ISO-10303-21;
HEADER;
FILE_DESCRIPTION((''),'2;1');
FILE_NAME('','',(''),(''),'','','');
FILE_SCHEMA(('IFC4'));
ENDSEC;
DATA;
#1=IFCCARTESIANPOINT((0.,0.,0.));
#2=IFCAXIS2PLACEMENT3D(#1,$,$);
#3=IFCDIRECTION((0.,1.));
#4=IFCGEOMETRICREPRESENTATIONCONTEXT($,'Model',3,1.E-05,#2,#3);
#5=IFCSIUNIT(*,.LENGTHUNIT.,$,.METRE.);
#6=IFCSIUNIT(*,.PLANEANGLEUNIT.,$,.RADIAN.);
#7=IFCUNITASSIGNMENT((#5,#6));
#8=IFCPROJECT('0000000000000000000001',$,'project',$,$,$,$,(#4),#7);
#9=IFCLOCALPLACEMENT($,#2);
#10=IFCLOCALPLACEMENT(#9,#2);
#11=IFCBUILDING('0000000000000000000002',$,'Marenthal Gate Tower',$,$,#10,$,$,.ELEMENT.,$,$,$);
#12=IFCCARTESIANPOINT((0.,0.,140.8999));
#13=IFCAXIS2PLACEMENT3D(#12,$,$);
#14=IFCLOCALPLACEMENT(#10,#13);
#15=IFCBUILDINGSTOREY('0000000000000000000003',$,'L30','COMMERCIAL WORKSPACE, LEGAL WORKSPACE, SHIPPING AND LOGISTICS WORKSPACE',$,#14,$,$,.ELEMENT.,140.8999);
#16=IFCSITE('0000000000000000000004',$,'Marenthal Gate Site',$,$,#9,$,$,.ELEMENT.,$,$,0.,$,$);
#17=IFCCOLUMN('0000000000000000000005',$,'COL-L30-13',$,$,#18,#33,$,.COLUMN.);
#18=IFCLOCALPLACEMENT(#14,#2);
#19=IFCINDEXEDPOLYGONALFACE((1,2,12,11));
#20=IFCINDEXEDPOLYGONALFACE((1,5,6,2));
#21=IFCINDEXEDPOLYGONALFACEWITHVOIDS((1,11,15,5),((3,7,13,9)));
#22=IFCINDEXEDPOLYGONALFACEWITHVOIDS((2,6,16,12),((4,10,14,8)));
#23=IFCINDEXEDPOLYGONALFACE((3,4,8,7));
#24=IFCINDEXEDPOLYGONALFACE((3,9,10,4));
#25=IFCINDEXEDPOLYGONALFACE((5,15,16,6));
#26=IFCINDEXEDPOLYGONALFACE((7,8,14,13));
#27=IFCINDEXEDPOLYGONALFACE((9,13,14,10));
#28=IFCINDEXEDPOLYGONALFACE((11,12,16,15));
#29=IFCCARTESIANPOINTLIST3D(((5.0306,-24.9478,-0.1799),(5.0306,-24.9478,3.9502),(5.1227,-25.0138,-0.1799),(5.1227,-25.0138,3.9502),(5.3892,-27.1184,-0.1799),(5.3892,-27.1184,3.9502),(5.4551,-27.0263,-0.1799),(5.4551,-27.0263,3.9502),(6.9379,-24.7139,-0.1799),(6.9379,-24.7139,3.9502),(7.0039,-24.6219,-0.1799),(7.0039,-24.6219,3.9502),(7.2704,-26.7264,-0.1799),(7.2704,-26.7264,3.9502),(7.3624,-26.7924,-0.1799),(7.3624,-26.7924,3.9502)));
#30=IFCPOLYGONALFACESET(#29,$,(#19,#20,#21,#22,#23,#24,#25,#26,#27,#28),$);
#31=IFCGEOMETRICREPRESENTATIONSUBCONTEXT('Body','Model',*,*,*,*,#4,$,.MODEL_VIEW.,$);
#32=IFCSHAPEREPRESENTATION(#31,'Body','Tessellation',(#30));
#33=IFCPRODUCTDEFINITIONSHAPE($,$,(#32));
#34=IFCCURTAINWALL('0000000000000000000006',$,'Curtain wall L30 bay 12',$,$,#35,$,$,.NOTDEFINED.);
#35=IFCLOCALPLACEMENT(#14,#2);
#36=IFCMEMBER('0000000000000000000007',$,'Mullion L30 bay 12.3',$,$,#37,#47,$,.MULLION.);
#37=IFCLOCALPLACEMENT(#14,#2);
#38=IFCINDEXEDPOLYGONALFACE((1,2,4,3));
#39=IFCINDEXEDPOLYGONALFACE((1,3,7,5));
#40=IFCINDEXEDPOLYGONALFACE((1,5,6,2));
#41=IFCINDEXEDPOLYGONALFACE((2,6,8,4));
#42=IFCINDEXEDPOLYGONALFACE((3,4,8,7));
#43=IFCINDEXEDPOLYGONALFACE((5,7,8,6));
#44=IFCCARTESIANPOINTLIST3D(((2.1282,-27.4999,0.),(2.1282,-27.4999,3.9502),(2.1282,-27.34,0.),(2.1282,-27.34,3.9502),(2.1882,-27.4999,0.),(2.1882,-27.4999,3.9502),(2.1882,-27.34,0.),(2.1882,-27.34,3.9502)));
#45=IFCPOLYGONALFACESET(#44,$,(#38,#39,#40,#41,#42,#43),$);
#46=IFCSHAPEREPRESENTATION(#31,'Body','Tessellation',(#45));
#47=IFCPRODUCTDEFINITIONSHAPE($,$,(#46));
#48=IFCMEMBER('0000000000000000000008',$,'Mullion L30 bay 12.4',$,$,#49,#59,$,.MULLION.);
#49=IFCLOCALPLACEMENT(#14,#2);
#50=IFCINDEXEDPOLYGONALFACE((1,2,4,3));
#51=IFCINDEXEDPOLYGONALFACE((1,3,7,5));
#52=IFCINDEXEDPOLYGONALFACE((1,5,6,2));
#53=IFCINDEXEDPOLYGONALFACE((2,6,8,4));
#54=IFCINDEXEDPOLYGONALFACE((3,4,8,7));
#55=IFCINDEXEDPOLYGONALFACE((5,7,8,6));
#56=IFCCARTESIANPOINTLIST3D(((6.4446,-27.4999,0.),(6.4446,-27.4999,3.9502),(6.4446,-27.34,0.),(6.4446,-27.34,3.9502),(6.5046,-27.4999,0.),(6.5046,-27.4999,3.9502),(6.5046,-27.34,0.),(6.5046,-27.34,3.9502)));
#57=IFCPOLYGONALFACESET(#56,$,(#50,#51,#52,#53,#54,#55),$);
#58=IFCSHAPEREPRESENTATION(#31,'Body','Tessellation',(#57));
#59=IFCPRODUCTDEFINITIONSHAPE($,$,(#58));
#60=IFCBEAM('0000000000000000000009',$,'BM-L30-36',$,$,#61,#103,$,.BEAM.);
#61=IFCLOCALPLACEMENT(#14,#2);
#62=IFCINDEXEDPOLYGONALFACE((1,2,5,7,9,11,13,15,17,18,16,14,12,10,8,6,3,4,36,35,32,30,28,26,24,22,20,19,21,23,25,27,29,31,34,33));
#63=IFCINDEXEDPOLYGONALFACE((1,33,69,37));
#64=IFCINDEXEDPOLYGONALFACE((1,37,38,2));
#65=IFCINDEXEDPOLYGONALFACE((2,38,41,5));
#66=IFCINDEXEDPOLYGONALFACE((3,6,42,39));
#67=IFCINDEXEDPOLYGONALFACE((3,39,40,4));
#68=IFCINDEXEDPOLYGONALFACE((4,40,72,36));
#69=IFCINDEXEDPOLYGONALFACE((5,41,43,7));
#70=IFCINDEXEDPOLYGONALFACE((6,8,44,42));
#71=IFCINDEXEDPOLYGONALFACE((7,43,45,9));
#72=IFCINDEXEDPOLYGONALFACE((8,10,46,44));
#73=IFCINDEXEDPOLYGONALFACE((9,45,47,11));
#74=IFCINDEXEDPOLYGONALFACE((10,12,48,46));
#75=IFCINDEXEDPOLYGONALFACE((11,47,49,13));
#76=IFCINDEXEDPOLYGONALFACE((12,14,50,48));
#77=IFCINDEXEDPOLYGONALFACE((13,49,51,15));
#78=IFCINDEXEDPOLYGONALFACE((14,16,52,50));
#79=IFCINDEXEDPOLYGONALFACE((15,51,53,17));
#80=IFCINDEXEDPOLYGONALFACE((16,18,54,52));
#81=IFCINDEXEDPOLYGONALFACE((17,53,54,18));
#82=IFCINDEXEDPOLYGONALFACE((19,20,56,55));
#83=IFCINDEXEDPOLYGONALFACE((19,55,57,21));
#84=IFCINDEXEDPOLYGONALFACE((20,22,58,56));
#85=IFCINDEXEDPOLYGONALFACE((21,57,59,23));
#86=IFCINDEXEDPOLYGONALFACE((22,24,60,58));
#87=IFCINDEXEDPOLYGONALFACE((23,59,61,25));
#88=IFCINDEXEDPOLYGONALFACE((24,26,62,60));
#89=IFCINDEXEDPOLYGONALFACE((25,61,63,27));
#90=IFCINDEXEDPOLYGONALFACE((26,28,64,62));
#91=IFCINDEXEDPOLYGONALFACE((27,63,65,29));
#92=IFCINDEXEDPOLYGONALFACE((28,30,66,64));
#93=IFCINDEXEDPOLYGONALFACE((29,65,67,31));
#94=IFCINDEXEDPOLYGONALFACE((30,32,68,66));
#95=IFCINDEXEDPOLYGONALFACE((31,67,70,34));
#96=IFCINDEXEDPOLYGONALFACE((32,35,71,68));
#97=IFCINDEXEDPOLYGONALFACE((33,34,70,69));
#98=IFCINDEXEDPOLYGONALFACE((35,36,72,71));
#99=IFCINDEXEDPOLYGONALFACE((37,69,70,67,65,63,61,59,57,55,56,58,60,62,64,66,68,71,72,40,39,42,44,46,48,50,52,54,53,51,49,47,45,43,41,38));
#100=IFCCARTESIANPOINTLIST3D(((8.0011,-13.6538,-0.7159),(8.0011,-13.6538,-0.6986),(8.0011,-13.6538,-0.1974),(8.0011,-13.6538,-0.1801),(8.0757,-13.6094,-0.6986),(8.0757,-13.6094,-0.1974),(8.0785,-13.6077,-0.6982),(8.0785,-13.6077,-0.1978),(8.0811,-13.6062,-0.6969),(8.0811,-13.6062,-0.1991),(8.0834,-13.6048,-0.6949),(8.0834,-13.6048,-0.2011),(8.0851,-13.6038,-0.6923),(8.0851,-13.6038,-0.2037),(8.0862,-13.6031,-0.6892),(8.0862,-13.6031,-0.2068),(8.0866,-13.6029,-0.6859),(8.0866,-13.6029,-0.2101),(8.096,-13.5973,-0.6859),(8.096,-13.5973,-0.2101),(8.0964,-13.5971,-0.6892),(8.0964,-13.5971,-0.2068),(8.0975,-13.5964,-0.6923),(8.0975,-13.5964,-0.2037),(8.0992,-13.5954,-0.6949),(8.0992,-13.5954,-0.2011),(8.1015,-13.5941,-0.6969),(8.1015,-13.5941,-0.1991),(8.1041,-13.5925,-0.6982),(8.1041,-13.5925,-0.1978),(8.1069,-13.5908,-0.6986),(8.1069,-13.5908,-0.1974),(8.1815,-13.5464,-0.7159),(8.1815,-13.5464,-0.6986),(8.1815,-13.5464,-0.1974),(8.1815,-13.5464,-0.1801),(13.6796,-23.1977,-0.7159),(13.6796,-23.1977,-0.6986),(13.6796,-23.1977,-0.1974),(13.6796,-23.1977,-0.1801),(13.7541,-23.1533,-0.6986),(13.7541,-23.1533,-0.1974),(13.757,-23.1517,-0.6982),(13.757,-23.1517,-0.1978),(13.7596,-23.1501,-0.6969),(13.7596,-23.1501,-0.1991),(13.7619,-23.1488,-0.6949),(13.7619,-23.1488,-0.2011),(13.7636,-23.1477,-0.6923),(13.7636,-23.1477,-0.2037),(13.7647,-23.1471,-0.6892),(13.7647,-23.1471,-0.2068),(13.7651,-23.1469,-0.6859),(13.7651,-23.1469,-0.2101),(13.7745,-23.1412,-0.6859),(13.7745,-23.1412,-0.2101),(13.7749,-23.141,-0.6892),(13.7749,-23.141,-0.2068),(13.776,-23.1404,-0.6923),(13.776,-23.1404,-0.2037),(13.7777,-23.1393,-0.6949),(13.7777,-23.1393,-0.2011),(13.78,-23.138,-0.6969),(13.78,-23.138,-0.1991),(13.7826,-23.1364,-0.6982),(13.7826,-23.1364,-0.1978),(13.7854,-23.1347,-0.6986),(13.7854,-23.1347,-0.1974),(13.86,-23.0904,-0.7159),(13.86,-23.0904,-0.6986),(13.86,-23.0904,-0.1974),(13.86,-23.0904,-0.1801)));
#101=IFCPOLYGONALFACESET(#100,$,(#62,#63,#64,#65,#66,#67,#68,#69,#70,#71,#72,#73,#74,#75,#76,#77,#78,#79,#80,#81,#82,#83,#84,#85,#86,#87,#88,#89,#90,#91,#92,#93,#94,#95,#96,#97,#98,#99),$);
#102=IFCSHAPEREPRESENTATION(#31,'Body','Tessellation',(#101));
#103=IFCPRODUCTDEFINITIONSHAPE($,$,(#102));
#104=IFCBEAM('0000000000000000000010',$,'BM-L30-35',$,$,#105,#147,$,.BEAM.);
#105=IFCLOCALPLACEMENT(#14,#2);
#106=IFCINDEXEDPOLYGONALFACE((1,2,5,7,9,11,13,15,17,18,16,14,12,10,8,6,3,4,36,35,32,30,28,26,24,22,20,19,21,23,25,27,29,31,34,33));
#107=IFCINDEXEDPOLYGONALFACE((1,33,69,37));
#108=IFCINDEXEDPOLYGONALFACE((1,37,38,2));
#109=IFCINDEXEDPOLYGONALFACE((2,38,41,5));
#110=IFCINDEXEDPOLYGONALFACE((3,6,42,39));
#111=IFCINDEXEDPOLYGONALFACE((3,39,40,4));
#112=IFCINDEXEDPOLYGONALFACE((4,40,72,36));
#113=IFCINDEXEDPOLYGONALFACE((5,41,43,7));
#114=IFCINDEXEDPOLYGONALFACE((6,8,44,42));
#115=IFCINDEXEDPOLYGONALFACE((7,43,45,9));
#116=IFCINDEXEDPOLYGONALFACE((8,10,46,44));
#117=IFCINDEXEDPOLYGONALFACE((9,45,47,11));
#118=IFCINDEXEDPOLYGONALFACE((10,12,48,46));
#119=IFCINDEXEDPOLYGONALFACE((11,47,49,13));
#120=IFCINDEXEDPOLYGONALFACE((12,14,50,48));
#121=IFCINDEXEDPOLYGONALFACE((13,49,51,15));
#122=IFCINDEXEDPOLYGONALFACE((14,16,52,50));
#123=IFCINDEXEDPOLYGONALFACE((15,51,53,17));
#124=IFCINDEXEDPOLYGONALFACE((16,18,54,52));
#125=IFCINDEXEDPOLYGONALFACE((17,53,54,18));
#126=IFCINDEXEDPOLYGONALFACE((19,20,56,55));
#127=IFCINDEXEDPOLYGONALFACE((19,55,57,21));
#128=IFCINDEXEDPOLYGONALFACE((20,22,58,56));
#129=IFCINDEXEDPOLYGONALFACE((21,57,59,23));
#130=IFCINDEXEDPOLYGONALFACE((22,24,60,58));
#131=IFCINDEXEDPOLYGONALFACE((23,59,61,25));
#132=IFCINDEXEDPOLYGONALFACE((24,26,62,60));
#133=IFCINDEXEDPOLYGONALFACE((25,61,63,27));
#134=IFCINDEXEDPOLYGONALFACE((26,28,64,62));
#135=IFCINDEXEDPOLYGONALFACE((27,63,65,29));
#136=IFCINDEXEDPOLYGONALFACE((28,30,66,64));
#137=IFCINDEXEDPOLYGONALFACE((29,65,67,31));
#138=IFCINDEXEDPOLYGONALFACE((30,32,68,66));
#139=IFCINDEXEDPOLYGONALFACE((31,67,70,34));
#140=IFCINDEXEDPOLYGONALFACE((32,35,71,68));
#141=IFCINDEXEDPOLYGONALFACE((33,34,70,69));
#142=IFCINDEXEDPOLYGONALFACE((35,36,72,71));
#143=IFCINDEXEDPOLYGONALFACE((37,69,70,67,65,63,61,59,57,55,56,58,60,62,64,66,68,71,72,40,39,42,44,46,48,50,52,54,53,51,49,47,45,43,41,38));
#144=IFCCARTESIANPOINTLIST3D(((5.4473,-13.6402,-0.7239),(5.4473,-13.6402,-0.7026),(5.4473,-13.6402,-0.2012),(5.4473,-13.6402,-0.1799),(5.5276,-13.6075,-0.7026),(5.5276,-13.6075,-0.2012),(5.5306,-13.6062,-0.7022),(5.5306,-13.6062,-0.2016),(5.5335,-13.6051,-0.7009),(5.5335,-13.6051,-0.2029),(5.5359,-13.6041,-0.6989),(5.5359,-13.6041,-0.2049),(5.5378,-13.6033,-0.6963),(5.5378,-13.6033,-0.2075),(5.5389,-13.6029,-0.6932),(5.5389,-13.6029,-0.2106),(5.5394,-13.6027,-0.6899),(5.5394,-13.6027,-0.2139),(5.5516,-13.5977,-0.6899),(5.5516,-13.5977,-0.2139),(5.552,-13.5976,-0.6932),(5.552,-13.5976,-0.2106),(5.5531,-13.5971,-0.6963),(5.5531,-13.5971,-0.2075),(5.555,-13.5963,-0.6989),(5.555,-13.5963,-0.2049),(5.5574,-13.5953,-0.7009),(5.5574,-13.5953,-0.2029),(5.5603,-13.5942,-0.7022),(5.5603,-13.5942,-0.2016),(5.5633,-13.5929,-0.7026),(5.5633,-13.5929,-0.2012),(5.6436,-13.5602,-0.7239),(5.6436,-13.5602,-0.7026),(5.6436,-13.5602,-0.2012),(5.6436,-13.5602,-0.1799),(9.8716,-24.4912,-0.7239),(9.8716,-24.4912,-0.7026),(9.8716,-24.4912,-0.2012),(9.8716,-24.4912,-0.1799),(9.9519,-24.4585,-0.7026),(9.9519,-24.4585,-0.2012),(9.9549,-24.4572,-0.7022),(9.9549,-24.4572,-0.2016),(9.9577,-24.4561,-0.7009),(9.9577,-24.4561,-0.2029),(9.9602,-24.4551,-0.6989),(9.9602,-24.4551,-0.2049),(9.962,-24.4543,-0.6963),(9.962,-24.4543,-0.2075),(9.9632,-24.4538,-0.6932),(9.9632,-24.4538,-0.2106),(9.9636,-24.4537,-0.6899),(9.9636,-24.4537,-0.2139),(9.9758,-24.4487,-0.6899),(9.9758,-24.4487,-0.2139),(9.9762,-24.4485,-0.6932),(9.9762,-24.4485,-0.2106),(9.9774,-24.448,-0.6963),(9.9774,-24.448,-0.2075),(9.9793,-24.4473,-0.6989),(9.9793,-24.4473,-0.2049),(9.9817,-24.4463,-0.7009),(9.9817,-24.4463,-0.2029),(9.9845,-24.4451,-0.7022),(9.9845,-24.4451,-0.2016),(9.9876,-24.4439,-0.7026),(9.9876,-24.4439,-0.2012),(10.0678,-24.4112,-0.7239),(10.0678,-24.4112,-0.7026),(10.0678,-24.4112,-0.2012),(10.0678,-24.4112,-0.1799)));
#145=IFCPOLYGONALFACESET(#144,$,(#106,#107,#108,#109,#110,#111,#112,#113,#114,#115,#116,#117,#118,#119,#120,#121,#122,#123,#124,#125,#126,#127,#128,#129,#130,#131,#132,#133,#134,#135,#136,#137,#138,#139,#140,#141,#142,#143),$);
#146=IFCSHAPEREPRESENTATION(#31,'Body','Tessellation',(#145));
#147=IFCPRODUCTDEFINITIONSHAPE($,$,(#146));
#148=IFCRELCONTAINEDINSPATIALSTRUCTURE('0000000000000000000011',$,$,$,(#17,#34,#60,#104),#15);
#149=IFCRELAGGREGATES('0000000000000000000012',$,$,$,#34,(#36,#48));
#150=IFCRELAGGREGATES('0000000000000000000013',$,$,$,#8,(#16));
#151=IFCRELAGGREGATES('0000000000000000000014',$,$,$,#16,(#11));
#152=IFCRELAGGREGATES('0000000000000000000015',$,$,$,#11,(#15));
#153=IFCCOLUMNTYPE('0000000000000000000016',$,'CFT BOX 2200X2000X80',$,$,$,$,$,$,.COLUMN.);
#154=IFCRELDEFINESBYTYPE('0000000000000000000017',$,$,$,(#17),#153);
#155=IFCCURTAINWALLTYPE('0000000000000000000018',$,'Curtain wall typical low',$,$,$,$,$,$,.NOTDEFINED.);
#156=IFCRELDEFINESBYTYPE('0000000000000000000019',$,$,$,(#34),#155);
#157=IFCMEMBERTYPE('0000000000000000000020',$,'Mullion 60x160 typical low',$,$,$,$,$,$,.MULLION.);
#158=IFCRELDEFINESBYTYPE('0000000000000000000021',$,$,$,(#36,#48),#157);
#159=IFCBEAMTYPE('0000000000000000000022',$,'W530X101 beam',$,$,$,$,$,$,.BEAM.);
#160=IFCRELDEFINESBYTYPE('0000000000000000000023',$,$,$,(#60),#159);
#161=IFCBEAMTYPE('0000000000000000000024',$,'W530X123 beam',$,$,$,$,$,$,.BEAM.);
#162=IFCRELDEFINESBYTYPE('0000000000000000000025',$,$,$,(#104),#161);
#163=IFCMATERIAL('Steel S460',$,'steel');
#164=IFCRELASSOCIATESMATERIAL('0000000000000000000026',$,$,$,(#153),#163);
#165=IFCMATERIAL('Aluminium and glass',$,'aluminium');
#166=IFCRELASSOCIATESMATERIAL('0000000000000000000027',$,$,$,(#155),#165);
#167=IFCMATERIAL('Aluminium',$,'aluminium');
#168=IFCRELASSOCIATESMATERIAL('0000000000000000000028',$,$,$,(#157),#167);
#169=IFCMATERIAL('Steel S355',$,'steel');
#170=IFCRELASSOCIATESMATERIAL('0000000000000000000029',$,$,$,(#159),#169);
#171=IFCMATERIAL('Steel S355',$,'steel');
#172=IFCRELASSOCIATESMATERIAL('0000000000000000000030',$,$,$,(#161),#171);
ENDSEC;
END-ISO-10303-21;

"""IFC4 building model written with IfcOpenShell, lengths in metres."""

from ifc_helpers import new_model, si_unit, direction, frame, origin, origin_2d, place, context, subcontext, project, spatial, rectangle, hollow_rectangle, i_section, extrude, material, material_profile, profile_set, type_object, element, aggregate, save


model = new_model("IFC4")

# Units and contexts
model_context = context("Model", 3, precision=1e-05, world=origin(), true_north=direction((0.0, 1.0)))
body_context = subcontext(model_context, "Body", "Model", "MODEL_VIEW")
ifc_project = project(units=[si_unit("LENGTHUNIT", "METRE"), si_unit("PLANEANGLEUNIT", "RADIAN")], contexts=[model_context])

# Site, building, storey
site_placement = place(None, origin())
site = spatial("IfcSite", under=ifc_project, at=site_placement, Name="Marenthal Gate Site", CompositionType="ELEMENT", RefElevation=0.0)
building_placement = place(site_placement, origin())
building = spatial("IfcBuilding", under=site, at=building_placement, Name="Marenthal Gate Tower", CompositionType="ELEMENT")
storey_placement = place(building_placement, frame((0.0, 0.0, 140.8999)))
storey = spatial("IfcBuildingStorey", under=building, at=storey_placement, Name="L30", Description="COMMERCIAL WORKSPACE, LEGAL WORKSPACE, SHIPPING AND LOGISTICS WORKSPACE", CompositionType="ELEMENT", Elevation=140.8999)

# Column
ifc_material_1 = material(Name="Steel S460", Category="steel")
ifc_material_profile_1 = material_profile(ifc_material_1, hollow_rectangle(XDim=2.0, YDim=2.2, WallThickness=0.0801, at=origin_2d()), Name="CFT BOX 2200X2000X80")
ifc_material_2 = material(Name="Concrete 70 MPa", Category="concrete")
ifc_material_profile_2 = material_profile(ifc_material_2, rectangle(XDim=1.8401, YDim=2.04, at=origin_2d()), Name="CFT BOX 2200X2000X80 INFILL")
ifc_profile_set_1 = profile_set([ifc_material_profile_1, ifc_material_profile_2], Name="Steel S460 shell, Concrete 70 MPa infill")
column_type = type_object("IfcColumnType", Name="CFT BOX 2200X2000X80", PredefinedType="COLUMN", material=ifc_profile_set_1)
column_placement = place(storey_placement, frame((6.1965, -25.8701, -0.1799), z_axis=(0.0, 0.0, 1.0), x_axis=(-0.986629, -0.16298, 0.0)))
element("IfcColumn", 1, at=column_placement, inside=storey, type_object=column_type, Name="COL-L30-13", PredefinedType="COLUMN", context=body_context, shape_type="SweptSolid", body=[
    extrude(hollow_rectangle(XDim=2.0, YDim=2.2, WallThickness=0.0801, at=origin_2d()), origin(), (0.0, 0.0, 1.0), 4.1301),
])

# Curtain wall, members
ifc_material_3 = material(Name="Aluminium and glass", Category="aluminium")
curtain_wall_type = type_object("IfcCurtainWallType", Name="Curtain wall typical low", PredefinedType="NOTDEFINED", material=ifc_material_3)
curtain_wall_placement = place(storey_placement, origin())
curtain_wall = element("IfcCurtainWall", 2, at=curtain_wall_placement, inside=storey, type_object=curtain_wall_type, Name="Curtain wall L30 bay 12", PredefinedType="NOTDEFINED")
ifc_material_4 = material(Name="Aluminium", Category="aluminium")
ifc_material_profile_3 = material_profile(ifc_material_4, rectangle(XDim=0.1599, YDim=0.0601, at=origin_2d()), Name="60x160 aluminium mullion")
ifc_profile_set_2 = profile_set([ifc_material_profile_3], Name="Aluminium")
member_type = type_object("IfcMemberType", Name="Mullion 60x160 typical low", PredefinedType="MULLION", material=ifc_profile_set_2)
member_1_placement = place(storey_placement, frame((2.1582, -27.4199, 0.0), z_axis=(0.0, 0.0, 1.0), x_axis=(0.0, 1.0, 0.0)))
member_1 = element("IfcMember", 3, at=member_1_placement, type_object=member_type, Name="Mullion L30 bay 12.3", PredefinedType="MULLION", context=body_context, shape_type="SweptSolid", body=[
    extrude(rectangle(XDim=0.1599, YDim=0.0601, at=origin_2d()), origin(), (0.0, 0.0, 1.0), 3.9502),
])
member_2_placement = place(storey_placement, frame((6.4746, -27.4199, 0.0), z_axis=(0.0, 0.0, 1.0), x_axis=(0.0, 1.0, 0.0)))
member_2 = element("IfcMember", 4, at=member_2_placement, type_object=member_type, Name="Mullion L30 bay 12.4", PredefinedType="MULLION", context=body_context, shape_type="SweptSolid", body=[
    extrude(rectangle(XDim=0.1599, YDim=0.0601, at=origin_2d()), origin(), (0.0, 0.0, 1.0), 3.9502),
])

# Beams
ifc_material_5 = material(Name="Steel S355", Category="steel")
ifc_material_profile_4 = material_profile(ifc_material_5, i_section(OverallWidth=0.21, OverallDepth=0.5359, WebThickness=0.011, FlangeThickness=0.0173, FilletRadius=0.0127, at=origin_2d()), Name="W530X101")
ifc_profile_set_3 = profile_set([ifc_material_profile_4], Name="Steel S355")
beam_type_1 = type_object("IfcBeamType", Name="W530X101 beam", PredefinedType="BEAM", material=ifc_profile_set_3)
beam_1_placement = place(storey_placement, frame((13.7698, -23.144, -0.448), z_axis=(-0.511321, 0.85939, 0.0), x_axis=(-0.85939, -0.511321, 0.0)))
element("IfcBeam", 5, at=beam_1_placement, inside=storey, type_object=beam_type_1, Name="BM-L30-36", PredefinedType="BEAM", context=body_context, shape_type="SweptSolid", body=[
    extrude(i_section(OverallWidth=0.21, OverallDepth=0.5359, WebThickness=0.011, FlangeThickness=0.0173, FilletRadius=0.0127, at=origin_2d()), origin(), (0.0, 0.0, 1.0), 11.1055),
])
ifc_material_6 = material(Name="Steel S355", Category="steel")
ifc_material_profile_5 = material_profile(ifc_material_6, i_section(OverallWidth=0.2119, OverallDepth=0.5439, WebThickness=0.0132, FlangeThickness=0.0212, FilletRadius=0.0127, at=origin_2d()), Name="W530X123")
ifc_profile_set_4 = profile_set([ifc_material_profile_5], Name="Steel S355")
beam_type_2 = type_object("IfcBeamType", Name="W530X123 beam", PredefinedType="BEAM", material=ifc_profile_set_4)
beam_2_placement = place(storey_placement, frame((9.9697, -24.4512, -0.4519), z_axis=(-0.377554, 0.925988, 0.0), x_axis=(-0.925988, -0.377554, 0.0)))
element("IfcBeam", 6, at=beam_2_placement, inside=storey, type_object=beam_type_2, Name="BM-L30-35", PredefinedType="BEAM", context=body_context, shape_type="SweptSolid", body=[
    extrude(i_section(OverallWidth=0.2119, OverallDepth=0.5439, WebThickness=0.0132, FlangeThickness=0.0212, FilletRadius=0.0127, at=origin_2d()), origin(), (0.0, 0.0, 1.0), 11.7183),
])

aggregate(curtain_wall, [member_1, member_2])

save(model, "model.ifc")
